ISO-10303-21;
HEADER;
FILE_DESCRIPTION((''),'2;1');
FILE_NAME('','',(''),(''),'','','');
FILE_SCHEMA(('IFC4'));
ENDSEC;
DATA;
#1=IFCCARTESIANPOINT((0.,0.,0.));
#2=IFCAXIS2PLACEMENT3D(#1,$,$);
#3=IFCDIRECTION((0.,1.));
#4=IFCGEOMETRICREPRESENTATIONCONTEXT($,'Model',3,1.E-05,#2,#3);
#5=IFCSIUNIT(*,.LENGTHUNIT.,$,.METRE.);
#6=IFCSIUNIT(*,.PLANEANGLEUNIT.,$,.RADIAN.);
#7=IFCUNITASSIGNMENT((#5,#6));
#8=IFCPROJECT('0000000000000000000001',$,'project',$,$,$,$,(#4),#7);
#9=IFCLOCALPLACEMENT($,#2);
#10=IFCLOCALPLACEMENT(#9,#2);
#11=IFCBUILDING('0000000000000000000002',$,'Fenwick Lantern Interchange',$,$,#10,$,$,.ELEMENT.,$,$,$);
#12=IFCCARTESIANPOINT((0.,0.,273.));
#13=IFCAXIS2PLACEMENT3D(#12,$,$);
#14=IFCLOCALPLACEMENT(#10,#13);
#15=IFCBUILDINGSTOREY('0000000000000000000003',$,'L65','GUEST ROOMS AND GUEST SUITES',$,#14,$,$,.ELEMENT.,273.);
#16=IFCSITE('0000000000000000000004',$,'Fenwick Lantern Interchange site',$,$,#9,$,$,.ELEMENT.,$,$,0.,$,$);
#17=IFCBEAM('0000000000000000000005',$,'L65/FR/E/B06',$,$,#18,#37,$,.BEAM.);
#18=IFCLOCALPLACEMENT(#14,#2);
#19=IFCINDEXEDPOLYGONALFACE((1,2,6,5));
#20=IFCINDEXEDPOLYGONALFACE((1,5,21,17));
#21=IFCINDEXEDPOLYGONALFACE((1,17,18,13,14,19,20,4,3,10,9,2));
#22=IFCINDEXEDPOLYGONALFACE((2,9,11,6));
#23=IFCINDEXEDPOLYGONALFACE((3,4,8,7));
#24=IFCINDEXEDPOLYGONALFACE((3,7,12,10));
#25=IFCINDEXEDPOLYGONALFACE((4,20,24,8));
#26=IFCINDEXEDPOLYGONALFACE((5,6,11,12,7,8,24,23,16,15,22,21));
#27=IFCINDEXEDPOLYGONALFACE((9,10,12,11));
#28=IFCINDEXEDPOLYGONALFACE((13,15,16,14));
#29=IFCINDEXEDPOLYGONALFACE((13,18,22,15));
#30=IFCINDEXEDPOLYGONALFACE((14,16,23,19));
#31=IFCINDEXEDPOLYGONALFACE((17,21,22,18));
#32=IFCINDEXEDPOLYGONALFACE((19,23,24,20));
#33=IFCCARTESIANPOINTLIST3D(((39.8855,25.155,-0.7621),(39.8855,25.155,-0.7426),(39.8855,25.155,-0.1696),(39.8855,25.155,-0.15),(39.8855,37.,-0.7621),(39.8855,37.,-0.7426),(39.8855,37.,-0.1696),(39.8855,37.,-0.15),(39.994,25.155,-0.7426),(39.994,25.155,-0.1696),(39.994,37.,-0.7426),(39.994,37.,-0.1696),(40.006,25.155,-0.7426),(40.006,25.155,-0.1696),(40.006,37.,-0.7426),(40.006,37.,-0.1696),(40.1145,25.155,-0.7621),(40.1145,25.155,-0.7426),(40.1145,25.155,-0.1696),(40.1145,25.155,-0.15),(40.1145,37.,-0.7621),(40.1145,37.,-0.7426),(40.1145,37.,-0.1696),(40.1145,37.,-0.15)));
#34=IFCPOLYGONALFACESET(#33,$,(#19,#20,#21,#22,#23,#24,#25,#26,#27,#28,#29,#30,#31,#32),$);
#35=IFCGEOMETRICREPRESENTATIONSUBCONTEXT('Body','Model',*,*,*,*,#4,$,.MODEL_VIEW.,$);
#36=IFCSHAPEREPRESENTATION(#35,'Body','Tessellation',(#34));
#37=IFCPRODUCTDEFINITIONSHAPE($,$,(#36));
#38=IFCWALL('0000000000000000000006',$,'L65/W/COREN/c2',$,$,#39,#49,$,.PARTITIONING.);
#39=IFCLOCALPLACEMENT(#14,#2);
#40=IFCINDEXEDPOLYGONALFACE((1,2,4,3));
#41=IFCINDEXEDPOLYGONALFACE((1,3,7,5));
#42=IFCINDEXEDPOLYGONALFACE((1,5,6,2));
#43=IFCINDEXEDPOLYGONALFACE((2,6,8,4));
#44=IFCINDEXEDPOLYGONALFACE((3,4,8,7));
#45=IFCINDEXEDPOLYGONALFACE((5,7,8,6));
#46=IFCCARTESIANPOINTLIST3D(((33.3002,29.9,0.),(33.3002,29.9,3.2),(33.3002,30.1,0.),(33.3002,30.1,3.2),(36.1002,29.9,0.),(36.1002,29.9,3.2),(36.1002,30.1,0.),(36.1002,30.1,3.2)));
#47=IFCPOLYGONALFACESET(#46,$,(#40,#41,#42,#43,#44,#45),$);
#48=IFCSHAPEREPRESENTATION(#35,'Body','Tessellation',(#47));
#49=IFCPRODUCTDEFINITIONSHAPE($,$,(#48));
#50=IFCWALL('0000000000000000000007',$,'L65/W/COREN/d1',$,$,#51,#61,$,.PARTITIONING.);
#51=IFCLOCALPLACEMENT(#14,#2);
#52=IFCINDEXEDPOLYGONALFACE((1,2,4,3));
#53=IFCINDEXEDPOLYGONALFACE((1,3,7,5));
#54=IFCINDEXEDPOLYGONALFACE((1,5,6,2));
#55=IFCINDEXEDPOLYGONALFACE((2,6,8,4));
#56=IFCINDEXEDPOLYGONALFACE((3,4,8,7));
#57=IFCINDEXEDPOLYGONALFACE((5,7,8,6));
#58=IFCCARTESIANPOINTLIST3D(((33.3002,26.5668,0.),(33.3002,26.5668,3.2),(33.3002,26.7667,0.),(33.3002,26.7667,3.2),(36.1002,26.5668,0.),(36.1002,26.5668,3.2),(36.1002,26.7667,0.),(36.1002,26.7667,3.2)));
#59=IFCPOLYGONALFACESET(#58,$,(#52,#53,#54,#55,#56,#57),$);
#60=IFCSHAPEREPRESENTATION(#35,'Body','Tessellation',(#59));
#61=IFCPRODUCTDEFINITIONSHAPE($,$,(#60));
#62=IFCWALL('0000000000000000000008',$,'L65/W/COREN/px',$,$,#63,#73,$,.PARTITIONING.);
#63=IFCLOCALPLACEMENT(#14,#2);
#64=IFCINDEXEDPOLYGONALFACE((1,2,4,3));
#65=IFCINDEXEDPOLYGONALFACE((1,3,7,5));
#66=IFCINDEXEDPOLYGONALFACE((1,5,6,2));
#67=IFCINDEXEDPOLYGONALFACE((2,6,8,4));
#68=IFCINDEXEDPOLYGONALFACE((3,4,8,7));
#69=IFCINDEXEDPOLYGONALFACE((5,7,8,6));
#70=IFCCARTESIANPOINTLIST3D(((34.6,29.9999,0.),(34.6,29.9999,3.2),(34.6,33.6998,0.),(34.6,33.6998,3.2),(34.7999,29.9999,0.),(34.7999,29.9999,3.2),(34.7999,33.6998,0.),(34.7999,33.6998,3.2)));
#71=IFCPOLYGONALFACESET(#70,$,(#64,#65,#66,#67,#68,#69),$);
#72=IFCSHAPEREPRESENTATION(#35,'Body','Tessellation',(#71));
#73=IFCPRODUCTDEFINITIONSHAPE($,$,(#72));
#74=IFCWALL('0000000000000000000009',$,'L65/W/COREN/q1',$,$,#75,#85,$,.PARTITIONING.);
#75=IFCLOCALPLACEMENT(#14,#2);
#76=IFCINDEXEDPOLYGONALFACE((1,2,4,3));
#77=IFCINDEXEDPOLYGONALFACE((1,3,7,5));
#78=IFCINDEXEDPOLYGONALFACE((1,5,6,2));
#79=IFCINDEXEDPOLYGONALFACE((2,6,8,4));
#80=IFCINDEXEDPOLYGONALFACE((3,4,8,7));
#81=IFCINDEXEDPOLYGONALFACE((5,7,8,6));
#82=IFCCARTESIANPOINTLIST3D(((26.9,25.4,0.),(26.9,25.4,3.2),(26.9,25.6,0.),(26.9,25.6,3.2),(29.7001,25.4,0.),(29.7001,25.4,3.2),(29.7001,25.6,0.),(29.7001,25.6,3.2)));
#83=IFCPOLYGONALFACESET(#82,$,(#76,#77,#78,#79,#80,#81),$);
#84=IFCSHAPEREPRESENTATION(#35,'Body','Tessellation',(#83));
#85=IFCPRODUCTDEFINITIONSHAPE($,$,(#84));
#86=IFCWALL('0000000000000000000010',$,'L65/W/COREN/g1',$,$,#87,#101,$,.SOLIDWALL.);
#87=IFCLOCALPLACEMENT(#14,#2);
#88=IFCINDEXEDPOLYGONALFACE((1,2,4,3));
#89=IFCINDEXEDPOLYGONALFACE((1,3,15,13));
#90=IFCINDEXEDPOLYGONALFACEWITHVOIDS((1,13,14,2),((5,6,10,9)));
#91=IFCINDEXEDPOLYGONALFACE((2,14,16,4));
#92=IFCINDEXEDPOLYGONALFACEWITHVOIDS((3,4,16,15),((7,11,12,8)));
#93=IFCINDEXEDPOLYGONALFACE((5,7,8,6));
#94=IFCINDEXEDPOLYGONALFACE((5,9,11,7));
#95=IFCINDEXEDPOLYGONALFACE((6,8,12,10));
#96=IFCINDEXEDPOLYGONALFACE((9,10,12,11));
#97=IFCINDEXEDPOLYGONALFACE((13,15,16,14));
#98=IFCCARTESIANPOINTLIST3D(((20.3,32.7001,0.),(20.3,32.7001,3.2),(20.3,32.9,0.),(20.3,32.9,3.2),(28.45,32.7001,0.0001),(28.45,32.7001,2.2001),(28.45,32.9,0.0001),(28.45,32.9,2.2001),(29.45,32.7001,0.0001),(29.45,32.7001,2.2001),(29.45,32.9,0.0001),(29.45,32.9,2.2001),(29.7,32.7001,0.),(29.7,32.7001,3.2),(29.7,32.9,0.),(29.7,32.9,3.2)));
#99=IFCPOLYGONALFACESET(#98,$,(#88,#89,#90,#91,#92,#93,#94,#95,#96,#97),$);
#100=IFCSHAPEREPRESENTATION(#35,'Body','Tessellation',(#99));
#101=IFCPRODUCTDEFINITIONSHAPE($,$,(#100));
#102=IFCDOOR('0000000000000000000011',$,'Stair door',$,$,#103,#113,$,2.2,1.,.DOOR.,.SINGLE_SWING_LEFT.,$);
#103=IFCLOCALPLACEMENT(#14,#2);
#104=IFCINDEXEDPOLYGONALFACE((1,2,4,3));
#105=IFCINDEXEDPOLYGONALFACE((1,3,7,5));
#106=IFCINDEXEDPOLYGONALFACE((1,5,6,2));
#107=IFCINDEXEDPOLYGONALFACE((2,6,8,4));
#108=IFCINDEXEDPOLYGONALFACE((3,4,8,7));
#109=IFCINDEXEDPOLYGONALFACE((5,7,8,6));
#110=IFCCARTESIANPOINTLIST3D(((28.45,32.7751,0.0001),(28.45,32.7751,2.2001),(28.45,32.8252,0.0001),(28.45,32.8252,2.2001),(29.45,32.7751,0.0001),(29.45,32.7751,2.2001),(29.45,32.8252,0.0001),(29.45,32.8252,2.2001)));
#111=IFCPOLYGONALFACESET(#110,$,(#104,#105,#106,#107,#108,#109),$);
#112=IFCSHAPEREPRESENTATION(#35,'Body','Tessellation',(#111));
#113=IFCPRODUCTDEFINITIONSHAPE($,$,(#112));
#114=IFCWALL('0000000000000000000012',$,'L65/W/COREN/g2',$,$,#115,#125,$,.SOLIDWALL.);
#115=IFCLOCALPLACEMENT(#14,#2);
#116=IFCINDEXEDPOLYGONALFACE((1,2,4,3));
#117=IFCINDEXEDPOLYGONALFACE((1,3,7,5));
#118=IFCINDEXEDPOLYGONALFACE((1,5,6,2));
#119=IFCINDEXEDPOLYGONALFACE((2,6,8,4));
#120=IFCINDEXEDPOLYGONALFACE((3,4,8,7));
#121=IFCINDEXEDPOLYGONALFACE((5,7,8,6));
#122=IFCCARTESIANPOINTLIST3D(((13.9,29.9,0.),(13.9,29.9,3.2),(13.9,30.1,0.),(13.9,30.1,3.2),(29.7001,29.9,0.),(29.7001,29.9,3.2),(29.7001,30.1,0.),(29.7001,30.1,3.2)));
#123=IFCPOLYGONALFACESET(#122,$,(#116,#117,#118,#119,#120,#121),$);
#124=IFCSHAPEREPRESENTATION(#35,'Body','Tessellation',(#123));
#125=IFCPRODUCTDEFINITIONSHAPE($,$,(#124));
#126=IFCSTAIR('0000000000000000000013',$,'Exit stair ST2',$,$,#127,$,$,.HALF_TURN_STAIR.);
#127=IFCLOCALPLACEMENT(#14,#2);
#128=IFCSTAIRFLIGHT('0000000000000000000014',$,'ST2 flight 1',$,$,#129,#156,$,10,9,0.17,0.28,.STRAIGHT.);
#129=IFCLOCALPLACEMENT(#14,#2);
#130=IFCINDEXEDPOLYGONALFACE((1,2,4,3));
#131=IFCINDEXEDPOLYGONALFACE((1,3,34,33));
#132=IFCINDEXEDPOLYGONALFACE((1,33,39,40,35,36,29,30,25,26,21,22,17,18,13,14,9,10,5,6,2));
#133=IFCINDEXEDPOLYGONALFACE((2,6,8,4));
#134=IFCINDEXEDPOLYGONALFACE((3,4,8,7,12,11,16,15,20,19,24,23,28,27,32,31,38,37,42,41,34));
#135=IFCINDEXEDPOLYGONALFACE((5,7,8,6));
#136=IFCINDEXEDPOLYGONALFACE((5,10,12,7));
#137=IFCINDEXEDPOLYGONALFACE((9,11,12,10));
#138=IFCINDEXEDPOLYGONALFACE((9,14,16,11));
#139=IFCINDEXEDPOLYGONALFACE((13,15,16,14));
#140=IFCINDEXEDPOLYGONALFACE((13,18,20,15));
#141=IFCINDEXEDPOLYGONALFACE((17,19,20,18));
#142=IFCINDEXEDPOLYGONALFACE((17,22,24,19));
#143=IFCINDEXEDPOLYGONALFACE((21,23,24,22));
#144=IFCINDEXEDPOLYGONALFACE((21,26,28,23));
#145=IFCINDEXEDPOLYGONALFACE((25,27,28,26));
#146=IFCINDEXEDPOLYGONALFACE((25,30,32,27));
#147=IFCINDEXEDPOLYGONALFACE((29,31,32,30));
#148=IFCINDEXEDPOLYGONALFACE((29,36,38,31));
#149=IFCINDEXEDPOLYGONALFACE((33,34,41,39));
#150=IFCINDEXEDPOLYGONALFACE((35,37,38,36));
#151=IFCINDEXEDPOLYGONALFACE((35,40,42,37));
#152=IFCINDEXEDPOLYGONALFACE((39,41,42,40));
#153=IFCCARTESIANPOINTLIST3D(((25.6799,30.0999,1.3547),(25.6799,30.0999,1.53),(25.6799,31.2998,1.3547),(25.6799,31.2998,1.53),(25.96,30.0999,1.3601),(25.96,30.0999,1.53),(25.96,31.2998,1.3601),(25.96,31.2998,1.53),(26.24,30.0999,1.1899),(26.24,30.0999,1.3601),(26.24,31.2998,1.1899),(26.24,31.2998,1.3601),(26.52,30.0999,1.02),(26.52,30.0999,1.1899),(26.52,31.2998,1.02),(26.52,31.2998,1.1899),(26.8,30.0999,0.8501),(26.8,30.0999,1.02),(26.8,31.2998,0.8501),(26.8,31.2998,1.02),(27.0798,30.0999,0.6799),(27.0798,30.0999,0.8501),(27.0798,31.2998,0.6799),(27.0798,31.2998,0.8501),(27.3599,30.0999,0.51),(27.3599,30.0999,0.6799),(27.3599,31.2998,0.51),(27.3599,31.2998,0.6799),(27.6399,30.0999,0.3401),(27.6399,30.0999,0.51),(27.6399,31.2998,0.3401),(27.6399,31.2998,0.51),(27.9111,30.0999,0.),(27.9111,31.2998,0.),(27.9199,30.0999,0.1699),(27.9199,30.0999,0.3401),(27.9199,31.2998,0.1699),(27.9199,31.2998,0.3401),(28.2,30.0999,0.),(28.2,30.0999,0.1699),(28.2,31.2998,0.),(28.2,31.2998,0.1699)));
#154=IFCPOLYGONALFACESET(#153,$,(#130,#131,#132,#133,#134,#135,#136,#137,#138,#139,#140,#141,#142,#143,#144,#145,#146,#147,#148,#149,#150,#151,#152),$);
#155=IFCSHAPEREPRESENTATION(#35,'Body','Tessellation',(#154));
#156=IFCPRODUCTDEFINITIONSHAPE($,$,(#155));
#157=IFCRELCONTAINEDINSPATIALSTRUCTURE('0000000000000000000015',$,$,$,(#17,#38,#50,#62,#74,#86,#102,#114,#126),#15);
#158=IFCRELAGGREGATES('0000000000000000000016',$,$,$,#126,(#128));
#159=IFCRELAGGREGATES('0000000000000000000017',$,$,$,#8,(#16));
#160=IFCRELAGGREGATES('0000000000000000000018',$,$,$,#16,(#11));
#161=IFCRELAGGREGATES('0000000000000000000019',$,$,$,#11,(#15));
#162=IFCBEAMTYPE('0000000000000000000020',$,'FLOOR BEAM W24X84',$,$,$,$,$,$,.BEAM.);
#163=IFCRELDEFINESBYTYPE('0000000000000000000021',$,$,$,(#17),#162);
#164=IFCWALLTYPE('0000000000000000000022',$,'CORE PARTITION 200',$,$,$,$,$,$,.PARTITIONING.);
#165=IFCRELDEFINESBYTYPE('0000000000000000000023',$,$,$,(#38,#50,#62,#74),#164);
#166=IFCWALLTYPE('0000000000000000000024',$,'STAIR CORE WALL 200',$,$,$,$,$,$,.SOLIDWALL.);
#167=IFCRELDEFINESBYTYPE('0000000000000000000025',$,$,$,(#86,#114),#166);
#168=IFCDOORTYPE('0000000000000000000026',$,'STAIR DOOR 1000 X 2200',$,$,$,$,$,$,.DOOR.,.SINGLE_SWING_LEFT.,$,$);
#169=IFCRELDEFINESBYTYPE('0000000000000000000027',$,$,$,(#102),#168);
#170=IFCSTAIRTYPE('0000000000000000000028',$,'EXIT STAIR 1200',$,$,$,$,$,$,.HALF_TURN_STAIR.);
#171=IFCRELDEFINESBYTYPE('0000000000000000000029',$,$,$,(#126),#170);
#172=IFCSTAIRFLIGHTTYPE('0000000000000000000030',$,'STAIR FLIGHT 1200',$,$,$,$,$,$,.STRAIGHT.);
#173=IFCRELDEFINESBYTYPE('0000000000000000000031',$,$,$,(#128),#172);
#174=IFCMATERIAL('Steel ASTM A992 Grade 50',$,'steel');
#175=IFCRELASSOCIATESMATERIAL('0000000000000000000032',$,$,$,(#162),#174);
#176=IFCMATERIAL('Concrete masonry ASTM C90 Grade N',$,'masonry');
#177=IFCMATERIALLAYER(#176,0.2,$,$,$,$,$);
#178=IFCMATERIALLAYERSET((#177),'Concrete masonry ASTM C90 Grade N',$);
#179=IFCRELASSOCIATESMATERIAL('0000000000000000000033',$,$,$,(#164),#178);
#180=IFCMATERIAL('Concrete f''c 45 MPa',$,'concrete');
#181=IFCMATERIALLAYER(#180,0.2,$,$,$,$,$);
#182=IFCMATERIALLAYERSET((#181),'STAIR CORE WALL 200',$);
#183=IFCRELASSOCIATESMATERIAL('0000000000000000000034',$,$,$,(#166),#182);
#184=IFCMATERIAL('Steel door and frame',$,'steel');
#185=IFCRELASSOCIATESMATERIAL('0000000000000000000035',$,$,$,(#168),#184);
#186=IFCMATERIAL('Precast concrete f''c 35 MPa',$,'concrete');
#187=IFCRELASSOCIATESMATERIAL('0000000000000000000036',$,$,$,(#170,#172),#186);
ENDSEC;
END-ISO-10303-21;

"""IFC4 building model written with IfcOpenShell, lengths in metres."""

from ifc_helpers import new_model, si_unit, direction, frame, frame_2d, origin, origin_2d, place, context, subcontext, project, spatial, polyline, rectangle, i_section, outline, extrude, material, layer, layer_set, material_profile, profile_set, type_object, element, fill, aggregate, save


model = new_model("IFC4")

# Units and contexts
model_context = context("Model", 3, precision=1e-05, world=origin(), true_north=direction((0.0, 1.0)))
body_context = subcontext(model_context, "Body", "Model", "MODEL_VIEW")
ifc_project = project(units=[si_unit("LENGTHUNIT", "METRE"), si_unit("PLANEANGLEUNIT", "RADIAN")], contexts=[model_context])

# Site, building, storey
site_placement = place(None, origin())
site = spatial("IfcSite", under=ifc_project, at=site_placement, Name="Fenwick Lantern Interchange site", CompositionType="ELEMENT", RefElevation=0.0)
building_placement = place(site_placement, origin())
building = spatial("IfcBuilding", under=site, at=building_placement, Name="Fenwick Lantern Interchange", CompositionType="ELEMENT")
storey_placement = place(building_placement, frame((0.0, 0.0, 273.0)))
storey = spatial("IfcBuildingStorey", under=building, at=storey_placement, Name="L65", Description="GUEST ROOMS AND GUEST SUITES", CompositionType="ELEMENT", Elevation=273.0)

# Beam
ifc_material_1 = material(Name="Steel ASTM A992 Grade 50", Category="steel")
ifc_material_profile = material_profile(ifc_material_1, i_section(OverallWidth=0.229, OverallDepth=0.6121, WebThickness=0.012, FlangeThickness=0.0195, at=origin_2d()), Name="W24X84")
ifc_profile_set = profile_set([ifc_material_profile], Name="Steel ASTM A992 Grade 50")
beam_type = type_object("IfcBeamType", Name="FLOOR BEAM W24X84", PredefinedType="BEAM", material=ifc_profile_set)
beam_placement = place(storey_placement, frame((40.0, 25.155, -0.4561), z_axis=(0.0, 1.0, 0.0), x_axis=(-1.0, 0.0, 0.0)))
element("IfcBeam", 1, at=beam_placement, inside=storey, type_object=beam_type, Name="L65/FR/E/B06", PredefinedType="BEAM", context=body_context, shape_type="SweptSolid", body=[
    extrude(i_section(OverallWidth=0.229, OverallDepth=0.6121, WebThickness=0.012, FlangeThickness=0.0195, at=origin_2d()), origin(), (0.0, 0.0, 1.0), 11.845),
])

# Walls
ifc_material_2 = material(Name="Concrete masonry ASTM C90 Grade N", Category="masonry")
ifc_layer_1 = layer(ifc_material_2, 0.2)
ifc_layer_set_1 = layer_set([ifc_layer_1], Name="Concrete masonry ASTM C90 Grade N")
wall_type_1 = type_object("IfcWallType", Name="CORE PARTITION 200", PredefinedType="PARTITIONING", material=ifc_layer_set_1)
for number, where, z_axis, x_axis, name in (
    (2, (36.1001, 30.0, 0.0), (0.0, 0.0, 1.0), (-1.0, 0.0, 0.0), "L65/W/COREN/c2"),
    (3, (36.1001, 26.6667, 0.0), (0.0, 0.0, 1.0), (-1.0, 0.0, 0.0), "L65/W/COREN/d1"),
):
    element("IfcWall", number, at=place(storey_placement, frame(where, z_axis=z_axis, x_axis=x_axis)), inside=storey, type_object=wall_type_1, Name=name, PredefinedType="PARTITIONING", context=body_context, shape_type="SweptSolid", body=[
        extrude(rectangle(XDim=2.8, YDim=0.2, at=frame_2d((1.3999, 0.0))), origin(), (0.0, 0.0, 1.0), 3.2),
    ])
wall_1_placement = place(storey_placement, frame((34.7, 33.7, 0.0), z_axis=(0.0, 0.0, 1.0), x_axis=(0.0, -1.0, 0.0)))
element("IfcWall", 4, at=wall_1_placement, inside=storey, type_object=wall_type_1, Name="L65/W/COREN/px", PredefinedType="PARTITIONING", context=body_context, shape_type="SweptSolid", body=[
    extrude(rectangle(XDim=3.7, YDim=0.2, at=frame_2d((1.8501, 0.0))), origin(), (0.0, 0.0, 1.0), 3.2),
])
wall_2_placement = place(storey_placement, frame((29.7, 25.5, 0.0), z_axis=(0.0, 0.0, 1.0), x_axis=(-1.0, 0.0, 0.0)))
element("IfcWall", 5, at=wall_2_placement, inside=storey, type_object=wall_type_1, Name="L65/W/COREN/q1", PredefinedType="PARTITIONING", context=body_context, shape_type="SweptSolid", body=[
    extrude(rectangle(XDim=2.8, YDim=0.2, at=frame_2d((1.3999, 0.0))), origin(), (0.0, 0.0, 1.0), 3.2),
])

# Wall, opening, door
ifc_material_3 = material(Name="Concrete f'c 45 MPa", Category="concrete")
ifc_layer_2 = layer(ifc_material_3, 0.2)
ifc_layer_set_2 = layer_set([ifc_layer_2], Name="STAIR CORE WALL 200")
wall_type_2 = type_object("IfcWallType", Name="STAIR CORE WALL 200", PredefinedType="SOLIDWALL", material=ifc_layer_set_2)
wall_3_placement = place(storey_placement, frame((29.7, 32.8, 0.0), z_axis=(0.0, 0.0, 1.0), x_axis=(-1.0, 0.0, 0.0)))
wall_3 = element("IfcWall", 6, at=wall_3_placement, inside=storey, type_object=wall_type_2, Name="L65/W/COREN/g1", PredefinedType="SOLIDWALL", context=body_context, shape_type="SweptSolid", body=[
    extrude(rectangle(XDim=9.3999, YDim=0.2, at=frame_2d((4.7, 0.0))), origin(), (0.0, 0.0, 1.0), 3.2),
])
opening_placement = place(wall_3_placement, frame((0.25, 0.0, 0.0)))
opening = element("IfcOpeningElement", 7, at=opening_placement, cuts=wall_3, PredefinedType="OPENING", context=body_context, shape_type="SweptSolid", body=[
    extrude(rectangle(XDim=1.0, YDim=2.2, at=frame_2d((0.5, 1.1001))), frame((0.0, 0.1099, 0.0), z_axis=(0.0, -1.0, 0.0), x_axis=(1.0, 0.0, 0.0)), (0.0, 0.0, 1.0), 0.22),
])
ifc_material_4 = material(Name="Steel door and frame", Category="steel")
door_type = type_object("IfcDoorType", Name="STAIR DOOR 1000 X 2200", OperationType="SINGLE_SWING_LEFT", PredefinedType="DOOR", material=ifc_material_4)
door_placement = place(opening_placement, origin())
door = element("IfcDoor", 8, at=door_placement, inside=storey, type_object=door_type, Name="Stair door", OperationType="SINGLE_SWING_LEFT", OverallHeight=2.2, OverallWidth=1.0, PredefinedType="DOOR", context=body_context, shape_type="SweptSolid", body=[
    extrude(rectangle(XDim=1.0, YDim=2.2, at=frame_2d((0.5, 1.1001))), frame((0.0, 0.0249, 0.0), z_axis=(0.0, -1.0, 0.0), x_axis=(1.0, 0.0, 0.0)), (0.0, 0.0, 1.0), 0.05),
])
fill(opening, door)

# Wall
wall_4_placement = place(storey_placement, frame((29.7, 30.0, 0.0), z_axis=(0.0, 0.0, 1.0), x_axis=(-1.0, 0.0, 0.0)))
element("IfcWall", 9, at=wall_4_placement, inside=storey, type_object=wall_type_2, Name="L65/W/COREN/g2", PredefinedType="SOLIDWALL", context=body_context, shape_type="SweptSolid", body=[
    extrude(rectangle(XDim=15.8, YDim=0.2, at=frame_2d((7.8999, 0.0))), origin(), (0.0, 0.0, 1.0), 3.2),
])

# Stair, stair flight
ifc_material_5 = material(Name="Precast concrete f'c 35 MPa", Category="concrete")
stair_type = type_object("IfcStairType", Name="EXIT STAIR 1200", PredefinedType="HALF_TURN_STAIR", material=ifc_material_5)
stair_placement = place(storey_placement, origin())
stair = element("IfcStair", 10, at=stair_placement, inside=storey, type_object=stair_type, Name="Exit stair ST2", PredefinedType="HALF_TURN_STAIR")
stair_flight_type = type_object("IfcStairFlightType", Name="STAIR FLIGHT 1200", PredefinedType="STRAIGHT", material=ifc_material_5)
stair_flight_placement = place(storey_placement, frame((28.2, 30.7, 0.0), z_axis=(0.0, 0.0, 1.0), x_axis=(-1.0, 0.0, 0.0)))
stair_flight = element("IfcStairFlight", 11, at=stair_flight_placement, type_object=stair_flight_type, Name="ST2 flight 1", NumberOfRisers=10, NumberOfTreads=9, PredefinedType="STRAIGHT", RiserHeight=0.17, TreadLength=0.28, context=body_context, shape_type="SweptSolid", body=[
    extrude(outline(polyline([(0.0, 0.0), (0.0, 0.1699), (0.28, 0.1699), (0.28, 0.3401), (0.5601, 0.3401), (0.5601, 0.51), (0.8401, 0.51), (0.8401, 0.6799), (1.1201, 0.6799), (1.1201, 0.8501), (1.3999, 0.8501), (1.3999, 1.02), (1.6799, 1.02), (1.6799, 1.1899), (1.96, 1.1899), (1.96, 1.3601), (2.24, 1.3601), (2.24, 1.53), (2.52, 1.53), (2.52, 1.7), (2.52, 1.3547), (0.2888, 0.0), (0.0, 0.0)])), frame((0.0, 0.6001, 0.0), z_axis=(0.0, -1.0, 0.0), x_axis=(1.0, 0.0, 0.0)), (0.0, 0.0, 1.0), 1.2),
])
aggregate(stair, [stair_flight])

save(model, "model.ifc")
